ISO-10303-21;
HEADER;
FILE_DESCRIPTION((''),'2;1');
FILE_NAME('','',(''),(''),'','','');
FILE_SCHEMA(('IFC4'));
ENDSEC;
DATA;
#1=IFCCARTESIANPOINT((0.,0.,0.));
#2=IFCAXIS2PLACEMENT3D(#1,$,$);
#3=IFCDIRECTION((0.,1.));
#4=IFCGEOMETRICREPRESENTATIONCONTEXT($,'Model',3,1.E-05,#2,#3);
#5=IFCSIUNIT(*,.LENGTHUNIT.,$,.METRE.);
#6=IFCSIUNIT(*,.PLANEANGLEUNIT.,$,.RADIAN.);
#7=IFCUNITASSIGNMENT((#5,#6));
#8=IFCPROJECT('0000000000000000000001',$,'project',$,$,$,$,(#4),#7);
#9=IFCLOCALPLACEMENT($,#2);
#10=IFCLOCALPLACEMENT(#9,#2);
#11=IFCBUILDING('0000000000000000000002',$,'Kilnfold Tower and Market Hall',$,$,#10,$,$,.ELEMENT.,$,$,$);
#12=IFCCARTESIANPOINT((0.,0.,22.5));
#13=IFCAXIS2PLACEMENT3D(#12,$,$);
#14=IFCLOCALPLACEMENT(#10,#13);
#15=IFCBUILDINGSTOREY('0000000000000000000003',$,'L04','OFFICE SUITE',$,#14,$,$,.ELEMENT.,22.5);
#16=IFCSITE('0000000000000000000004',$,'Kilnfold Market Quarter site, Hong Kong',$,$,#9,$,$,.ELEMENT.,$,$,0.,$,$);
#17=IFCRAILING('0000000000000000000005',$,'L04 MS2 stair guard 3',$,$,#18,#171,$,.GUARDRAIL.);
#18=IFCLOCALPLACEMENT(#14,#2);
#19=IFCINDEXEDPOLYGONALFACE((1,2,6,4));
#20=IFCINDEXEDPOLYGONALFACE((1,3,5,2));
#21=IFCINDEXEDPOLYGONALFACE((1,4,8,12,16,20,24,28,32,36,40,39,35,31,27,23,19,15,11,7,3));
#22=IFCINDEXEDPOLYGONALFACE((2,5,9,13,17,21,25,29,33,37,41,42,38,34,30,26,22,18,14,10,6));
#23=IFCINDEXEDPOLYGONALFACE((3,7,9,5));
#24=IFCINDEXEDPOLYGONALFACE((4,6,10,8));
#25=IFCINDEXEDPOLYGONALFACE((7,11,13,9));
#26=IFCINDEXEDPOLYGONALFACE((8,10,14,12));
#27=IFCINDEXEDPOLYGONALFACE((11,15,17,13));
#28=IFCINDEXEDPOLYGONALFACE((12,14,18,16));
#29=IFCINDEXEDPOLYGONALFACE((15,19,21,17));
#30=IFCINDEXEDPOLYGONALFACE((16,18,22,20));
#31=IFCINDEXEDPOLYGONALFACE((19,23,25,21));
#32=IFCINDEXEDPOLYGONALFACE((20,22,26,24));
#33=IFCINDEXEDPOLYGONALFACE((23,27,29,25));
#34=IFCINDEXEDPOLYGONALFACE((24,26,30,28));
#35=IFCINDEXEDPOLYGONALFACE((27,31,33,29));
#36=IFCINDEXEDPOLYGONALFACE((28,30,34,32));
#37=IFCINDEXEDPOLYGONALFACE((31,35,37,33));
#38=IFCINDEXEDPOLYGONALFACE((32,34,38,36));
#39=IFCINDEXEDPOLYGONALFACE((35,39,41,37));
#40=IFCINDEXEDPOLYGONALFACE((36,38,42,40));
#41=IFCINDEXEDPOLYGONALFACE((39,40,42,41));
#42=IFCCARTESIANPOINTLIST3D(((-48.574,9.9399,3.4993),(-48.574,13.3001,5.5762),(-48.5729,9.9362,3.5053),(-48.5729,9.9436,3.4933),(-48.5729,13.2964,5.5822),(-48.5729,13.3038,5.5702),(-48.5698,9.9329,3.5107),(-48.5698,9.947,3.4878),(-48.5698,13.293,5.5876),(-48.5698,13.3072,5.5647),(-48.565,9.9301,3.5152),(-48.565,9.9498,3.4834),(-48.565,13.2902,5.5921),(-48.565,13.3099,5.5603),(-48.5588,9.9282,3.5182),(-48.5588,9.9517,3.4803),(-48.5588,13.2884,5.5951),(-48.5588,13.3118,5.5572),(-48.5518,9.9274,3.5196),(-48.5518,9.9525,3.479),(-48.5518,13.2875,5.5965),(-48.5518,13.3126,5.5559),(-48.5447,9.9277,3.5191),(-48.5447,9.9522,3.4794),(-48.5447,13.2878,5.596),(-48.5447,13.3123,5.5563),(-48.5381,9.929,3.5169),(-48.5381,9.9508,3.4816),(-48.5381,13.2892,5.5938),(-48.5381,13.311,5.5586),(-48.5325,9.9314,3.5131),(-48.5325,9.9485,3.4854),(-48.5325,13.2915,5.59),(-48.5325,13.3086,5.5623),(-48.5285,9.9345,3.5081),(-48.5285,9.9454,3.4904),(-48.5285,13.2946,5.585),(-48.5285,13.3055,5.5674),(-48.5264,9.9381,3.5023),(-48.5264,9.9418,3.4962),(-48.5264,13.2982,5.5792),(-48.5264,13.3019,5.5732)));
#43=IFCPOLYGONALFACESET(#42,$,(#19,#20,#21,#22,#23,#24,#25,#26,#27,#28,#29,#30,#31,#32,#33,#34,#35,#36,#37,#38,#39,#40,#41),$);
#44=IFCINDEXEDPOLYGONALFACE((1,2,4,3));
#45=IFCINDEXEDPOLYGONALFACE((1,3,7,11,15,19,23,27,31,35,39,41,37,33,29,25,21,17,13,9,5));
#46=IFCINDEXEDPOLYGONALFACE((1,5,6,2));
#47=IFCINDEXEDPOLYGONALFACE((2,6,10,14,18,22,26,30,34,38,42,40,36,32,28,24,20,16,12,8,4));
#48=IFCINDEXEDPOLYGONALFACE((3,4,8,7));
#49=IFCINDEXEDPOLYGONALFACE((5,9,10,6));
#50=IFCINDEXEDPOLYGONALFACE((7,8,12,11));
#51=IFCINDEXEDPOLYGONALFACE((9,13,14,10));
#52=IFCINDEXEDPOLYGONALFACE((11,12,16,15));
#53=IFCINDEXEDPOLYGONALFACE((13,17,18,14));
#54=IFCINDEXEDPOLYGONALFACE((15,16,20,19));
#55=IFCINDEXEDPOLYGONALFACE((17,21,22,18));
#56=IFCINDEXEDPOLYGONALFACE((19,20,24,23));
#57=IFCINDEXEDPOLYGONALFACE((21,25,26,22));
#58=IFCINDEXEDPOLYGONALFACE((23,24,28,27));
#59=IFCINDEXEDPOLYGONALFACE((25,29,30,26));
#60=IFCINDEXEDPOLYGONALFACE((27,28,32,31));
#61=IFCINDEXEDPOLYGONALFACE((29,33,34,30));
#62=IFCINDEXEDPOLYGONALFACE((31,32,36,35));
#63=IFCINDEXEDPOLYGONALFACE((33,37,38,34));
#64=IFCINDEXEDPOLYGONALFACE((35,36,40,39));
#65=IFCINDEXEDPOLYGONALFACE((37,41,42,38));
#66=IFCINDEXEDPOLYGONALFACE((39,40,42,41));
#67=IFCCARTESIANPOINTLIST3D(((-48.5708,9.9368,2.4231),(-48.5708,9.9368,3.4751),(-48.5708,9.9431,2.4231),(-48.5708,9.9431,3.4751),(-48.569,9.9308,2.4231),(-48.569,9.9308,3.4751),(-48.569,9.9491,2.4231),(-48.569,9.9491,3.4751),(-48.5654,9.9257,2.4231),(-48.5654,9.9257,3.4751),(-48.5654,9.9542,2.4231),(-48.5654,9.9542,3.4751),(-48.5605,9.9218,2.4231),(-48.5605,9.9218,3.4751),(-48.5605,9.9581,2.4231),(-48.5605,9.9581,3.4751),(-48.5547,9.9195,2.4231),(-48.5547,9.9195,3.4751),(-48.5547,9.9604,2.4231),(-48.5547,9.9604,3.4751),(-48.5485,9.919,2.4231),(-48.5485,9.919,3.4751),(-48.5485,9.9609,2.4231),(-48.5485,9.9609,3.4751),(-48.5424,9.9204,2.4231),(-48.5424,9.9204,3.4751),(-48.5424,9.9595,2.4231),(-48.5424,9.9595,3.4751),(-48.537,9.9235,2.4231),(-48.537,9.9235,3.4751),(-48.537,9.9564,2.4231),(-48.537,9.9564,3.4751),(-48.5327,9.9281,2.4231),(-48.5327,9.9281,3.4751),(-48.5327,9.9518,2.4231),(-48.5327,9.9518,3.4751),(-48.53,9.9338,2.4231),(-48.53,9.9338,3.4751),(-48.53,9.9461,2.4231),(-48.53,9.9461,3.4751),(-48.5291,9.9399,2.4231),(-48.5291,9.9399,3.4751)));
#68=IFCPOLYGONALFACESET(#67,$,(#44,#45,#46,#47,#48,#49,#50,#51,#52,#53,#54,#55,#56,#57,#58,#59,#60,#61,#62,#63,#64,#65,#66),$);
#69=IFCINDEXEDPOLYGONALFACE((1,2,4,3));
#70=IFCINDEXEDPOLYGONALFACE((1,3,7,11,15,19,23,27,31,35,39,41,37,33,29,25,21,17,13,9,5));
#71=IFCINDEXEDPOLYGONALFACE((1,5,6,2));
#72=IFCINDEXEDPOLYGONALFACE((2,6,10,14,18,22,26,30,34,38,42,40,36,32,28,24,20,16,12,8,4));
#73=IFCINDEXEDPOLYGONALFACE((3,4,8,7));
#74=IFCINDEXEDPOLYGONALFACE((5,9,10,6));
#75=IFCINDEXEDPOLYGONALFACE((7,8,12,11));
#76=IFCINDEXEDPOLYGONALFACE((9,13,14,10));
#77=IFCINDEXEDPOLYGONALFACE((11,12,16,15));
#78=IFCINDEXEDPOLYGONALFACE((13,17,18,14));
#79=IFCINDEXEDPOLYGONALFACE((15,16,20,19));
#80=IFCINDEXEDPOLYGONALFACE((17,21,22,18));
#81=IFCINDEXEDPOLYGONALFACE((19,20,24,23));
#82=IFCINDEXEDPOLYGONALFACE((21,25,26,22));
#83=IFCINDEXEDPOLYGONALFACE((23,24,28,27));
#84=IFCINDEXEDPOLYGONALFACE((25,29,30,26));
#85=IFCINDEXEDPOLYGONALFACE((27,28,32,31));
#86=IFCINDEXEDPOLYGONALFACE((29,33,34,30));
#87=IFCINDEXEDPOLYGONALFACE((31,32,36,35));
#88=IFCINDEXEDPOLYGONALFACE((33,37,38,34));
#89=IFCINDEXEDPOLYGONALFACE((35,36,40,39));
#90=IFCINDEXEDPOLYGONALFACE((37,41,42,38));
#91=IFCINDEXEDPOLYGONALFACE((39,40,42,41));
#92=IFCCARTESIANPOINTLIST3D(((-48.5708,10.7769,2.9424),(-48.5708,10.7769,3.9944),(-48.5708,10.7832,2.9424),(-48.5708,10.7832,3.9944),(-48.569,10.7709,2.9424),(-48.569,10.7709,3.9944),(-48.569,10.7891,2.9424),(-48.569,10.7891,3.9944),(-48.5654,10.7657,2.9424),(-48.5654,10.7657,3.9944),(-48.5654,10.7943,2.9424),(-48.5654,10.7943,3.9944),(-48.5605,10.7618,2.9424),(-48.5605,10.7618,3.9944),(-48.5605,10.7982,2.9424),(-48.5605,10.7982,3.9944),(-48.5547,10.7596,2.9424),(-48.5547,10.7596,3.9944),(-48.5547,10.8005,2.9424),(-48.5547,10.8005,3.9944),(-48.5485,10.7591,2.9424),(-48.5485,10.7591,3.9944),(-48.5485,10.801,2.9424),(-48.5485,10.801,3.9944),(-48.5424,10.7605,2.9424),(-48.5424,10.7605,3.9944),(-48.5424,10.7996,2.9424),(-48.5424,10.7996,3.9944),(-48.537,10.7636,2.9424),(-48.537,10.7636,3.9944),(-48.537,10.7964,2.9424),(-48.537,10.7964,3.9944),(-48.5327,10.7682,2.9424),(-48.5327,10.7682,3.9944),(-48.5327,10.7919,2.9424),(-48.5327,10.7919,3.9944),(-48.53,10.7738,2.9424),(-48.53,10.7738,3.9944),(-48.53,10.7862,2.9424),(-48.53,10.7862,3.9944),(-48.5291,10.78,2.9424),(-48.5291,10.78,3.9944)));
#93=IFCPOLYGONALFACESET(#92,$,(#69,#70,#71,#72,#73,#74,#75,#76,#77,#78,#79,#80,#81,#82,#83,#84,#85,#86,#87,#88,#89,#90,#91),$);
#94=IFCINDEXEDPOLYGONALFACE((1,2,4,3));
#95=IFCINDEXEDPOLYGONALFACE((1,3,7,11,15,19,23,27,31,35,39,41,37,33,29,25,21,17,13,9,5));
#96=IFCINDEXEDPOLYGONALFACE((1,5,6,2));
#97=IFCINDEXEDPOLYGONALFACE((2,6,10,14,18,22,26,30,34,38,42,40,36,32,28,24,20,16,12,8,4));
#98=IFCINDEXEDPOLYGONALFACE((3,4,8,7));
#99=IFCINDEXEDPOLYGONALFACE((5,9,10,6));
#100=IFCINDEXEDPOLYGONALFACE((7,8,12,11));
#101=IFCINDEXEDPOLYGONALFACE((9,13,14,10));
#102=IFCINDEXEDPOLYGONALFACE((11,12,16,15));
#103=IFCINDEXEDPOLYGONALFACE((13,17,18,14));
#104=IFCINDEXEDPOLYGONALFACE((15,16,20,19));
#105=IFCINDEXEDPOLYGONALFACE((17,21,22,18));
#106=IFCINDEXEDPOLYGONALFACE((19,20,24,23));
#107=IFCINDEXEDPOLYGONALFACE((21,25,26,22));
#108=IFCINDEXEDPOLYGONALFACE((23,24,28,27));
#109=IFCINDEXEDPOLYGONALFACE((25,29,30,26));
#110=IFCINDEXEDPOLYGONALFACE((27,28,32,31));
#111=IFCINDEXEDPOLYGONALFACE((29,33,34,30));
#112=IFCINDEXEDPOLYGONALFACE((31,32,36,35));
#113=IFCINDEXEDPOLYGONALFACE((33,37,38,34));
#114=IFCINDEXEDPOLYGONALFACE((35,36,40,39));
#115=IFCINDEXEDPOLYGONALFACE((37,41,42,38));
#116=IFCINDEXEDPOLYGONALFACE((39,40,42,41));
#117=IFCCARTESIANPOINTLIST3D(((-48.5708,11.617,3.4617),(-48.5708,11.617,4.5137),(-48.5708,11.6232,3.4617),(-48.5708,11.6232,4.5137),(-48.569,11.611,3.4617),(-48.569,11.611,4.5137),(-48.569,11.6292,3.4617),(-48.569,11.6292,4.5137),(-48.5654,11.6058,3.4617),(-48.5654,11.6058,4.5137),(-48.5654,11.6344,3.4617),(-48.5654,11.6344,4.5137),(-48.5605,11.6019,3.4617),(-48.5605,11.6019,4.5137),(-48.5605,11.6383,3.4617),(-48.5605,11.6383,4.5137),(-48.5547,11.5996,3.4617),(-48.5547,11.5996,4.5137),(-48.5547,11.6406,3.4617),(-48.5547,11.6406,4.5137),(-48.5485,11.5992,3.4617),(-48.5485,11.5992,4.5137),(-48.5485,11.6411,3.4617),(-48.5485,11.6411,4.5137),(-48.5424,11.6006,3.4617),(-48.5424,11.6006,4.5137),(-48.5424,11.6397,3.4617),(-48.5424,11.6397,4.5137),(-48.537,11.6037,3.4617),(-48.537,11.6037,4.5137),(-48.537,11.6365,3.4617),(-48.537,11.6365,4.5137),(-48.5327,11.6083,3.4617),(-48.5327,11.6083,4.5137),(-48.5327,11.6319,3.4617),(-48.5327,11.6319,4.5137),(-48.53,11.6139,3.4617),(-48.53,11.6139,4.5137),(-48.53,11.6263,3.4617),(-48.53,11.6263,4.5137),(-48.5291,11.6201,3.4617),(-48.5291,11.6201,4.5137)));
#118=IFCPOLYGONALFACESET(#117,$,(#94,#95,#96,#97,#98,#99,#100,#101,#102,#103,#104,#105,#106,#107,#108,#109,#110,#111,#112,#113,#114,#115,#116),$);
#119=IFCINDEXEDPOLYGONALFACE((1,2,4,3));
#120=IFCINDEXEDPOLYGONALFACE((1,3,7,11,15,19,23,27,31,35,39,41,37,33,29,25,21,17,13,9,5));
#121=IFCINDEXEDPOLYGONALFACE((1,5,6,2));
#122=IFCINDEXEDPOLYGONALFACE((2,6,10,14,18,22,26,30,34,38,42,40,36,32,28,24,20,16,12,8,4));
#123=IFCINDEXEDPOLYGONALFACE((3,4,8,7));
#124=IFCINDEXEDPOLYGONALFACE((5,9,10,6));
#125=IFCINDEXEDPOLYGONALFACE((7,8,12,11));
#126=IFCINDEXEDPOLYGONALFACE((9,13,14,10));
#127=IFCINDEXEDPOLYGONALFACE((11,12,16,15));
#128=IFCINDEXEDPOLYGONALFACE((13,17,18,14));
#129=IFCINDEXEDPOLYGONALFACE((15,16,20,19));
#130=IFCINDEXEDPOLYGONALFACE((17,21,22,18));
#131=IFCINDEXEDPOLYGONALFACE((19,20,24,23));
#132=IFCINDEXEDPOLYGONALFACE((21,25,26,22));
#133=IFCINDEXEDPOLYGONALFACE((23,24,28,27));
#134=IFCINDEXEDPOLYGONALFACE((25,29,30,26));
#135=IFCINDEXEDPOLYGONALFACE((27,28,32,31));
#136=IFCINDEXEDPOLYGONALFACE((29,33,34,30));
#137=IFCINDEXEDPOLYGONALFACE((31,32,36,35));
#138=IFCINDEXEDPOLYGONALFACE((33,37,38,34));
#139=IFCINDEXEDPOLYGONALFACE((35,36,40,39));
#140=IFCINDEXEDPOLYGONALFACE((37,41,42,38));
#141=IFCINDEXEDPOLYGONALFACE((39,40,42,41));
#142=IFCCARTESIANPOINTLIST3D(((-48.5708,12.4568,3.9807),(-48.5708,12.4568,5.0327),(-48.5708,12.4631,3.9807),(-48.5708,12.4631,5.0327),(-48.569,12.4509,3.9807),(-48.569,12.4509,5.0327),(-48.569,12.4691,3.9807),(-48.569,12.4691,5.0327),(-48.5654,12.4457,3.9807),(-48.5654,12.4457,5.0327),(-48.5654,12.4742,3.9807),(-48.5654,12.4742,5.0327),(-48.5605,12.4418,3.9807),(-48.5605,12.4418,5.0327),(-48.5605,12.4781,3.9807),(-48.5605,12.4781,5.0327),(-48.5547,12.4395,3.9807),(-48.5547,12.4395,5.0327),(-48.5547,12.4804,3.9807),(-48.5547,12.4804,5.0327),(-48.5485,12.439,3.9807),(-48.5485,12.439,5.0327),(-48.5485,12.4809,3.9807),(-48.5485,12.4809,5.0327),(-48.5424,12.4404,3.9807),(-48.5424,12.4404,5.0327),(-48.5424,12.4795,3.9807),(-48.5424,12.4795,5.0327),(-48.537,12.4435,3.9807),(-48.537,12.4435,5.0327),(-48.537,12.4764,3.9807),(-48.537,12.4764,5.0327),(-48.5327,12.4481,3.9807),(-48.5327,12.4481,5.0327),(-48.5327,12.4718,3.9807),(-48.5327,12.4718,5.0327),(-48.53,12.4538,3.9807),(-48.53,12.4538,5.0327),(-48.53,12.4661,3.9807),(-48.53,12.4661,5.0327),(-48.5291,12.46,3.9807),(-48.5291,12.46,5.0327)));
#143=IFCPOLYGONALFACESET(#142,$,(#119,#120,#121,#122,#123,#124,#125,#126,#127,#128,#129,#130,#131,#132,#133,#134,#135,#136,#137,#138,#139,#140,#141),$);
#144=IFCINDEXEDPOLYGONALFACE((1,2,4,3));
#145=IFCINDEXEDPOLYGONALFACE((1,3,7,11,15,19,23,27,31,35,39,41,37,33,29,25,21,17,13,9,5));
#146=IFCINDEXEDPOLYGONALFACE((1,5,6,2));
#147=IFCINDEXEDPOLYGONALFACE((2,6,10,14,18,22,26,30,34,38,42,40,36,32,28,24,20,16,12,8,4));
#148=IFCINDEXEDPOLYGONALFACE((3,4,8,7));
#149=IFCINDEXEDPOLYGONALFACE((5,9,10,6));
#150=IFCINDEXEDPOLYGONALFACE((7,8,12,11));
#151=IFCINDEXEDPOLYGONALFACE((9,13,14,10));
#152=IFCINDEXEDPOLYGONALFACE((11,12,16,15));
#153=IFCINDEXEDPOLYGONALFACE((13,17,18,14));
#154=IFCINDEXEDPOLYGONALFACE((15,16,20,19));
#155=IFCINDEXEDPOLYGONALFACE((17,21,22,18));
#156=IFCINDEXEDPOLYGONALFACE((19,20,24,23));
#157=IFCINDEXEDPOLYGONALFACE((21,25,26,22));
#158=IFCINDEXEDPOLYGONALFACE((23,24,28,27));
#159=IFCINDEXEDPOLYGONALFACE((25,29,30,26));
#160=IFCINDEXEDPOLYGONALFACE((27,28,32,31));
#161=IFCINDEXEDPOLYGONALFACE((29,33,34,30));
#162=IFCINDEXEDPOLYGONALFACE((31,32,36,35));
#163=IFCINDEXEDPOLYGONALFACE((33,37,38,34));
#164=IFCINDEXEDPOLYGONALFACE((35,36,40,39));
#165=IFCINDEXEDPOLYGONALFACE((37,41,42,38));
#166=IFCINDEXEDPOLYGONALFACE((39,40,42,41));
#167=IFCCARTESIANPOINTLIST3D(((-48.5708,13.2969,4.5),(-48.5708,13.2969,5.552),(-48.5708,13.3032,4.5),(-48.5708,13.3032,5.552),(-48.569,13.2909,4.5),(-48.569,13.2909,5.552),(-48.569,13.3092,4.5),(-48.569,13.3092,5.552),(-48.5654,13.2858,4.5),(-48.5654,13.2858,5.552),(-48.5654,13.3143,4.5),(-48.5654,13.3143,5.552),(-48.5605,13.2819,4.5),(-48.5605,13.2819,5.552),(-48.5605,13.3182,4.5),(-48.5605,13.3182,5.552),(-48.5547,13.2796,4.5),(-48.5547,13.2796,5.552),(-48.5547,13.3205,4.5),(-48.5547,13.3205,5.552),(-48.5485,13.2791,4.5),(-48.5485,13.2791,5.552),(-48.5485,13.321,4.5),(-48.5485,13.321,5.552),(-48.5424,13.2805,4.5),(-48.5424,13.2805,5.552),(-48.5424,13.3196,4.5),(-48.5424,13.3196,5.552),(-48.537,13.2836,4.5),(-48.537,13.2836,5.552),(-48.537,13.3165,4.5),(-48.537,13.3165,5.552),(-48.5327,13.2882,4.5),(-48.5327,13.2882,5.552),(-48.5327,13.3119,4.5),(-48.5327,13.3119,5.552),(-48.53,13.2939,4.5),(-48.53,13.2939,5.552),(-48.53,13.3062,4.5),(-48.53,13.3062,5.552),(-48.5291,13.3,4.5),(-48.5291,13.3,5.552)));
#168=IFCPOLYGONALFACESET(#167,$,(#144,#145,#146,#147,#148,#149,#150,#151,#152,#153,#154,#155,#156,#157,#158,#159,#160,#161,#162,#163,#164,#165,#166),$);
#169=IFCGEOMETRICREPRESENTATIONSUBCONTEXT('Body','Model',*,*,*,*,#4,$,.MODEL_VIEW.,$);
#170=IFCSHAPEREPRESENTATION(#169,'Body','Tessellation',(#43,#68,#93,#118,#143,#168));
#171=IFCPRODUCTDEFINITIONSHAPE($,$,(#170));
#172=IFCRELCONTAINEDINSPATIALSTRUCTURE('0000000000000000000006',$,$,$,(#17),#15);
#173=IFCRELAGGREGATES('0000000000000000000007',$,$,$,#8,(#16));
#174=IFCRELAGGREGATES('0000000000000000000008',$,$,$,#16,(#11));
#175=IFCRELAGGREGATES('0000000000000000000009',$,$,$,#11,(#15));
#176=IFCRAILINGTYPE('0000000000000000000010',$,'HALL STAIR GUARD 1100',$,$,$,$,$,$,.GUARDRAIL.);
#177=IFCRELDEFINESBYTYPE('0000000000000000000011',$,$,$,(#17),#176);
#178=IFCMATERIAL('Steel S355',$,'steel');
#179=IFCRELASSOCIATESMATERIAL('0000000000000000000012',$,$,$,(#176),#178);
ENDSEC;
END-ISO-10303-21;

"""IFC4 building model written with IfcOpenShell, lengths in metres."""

from ifc_helpers import new_model, si_unit, direction, frame, origin, origin_2d, place, context, subcontext, project, spatial, circle, extrude, material, type_object, element, save


model = new_model("IFC4")

# Units and contexts
model_context = context("Model", 3, precision=1e-05, world=origin(), true_north=direction((0.0, 1.0)))
body_context = subcontext(model_context, "Body", "Model", "MODEL_VIEW")
ifc_project = project(units=[si_unit("LENGTHUNIT", "METRE"), si_unit("PLANEANGLEUNIT", "RADIAN")], contexts=[model_context])

# Site, building, storey
site_placement = place(None, origin())
site = spatial("IfcSite", under=ifc_project, at=site_placement, Name="Kilnfold Market Quarter site, Hong Kong", CompositionType="ELEMENT", RefElevation=0.0)
building_placement = place(site_placement, origin())
building = spatial("IfcBuilding", under=site, at=building_placement, Name="Kilnfold Tower and Market Hall", CompositionType="ELEMENT")
storey_placement = place(building_placement, frame((0.0, 0.0, 22.5)))
storey = spatial("IfcBuildingStorey", under=building, at=storey_placement, Name="L04", Description="OFFICE SUITE", CompositionType="ELEMENT", Elevation=22.5)

# Railing
ifc_material_1 = material(Name="Steel S355", Category="steel")
railing_type_1 = type_object("IfcRailingType", Name="HALL STAIR GUARD 1100", PredefinedType="GUARDRAIL", material=ifc_material_1)
railing_1_placement = place(storey_placement, frame((-48.55, 9.9399, 2.4231)))
element("IfcRailing", 1, at=railing_1_placement, inside=storey, type_object=railing_type_1, Name="L04 MS2 stair guard 3", PredefinedType="GUARDRAIL", context=body_context, shape_type="SweptSolid", body=[
    extrude(circle(Radius=0.0239, at=origin_2d()), frame((0.0, 0.0, 1.0762), z_axis=(0.0, 0.850623, 0.525776), x_axis=(-1.0, 0.0, 0.0)), (0.0, 0.0, 1.0), 3.9502),
    extrude(circle(Radius=0.021, at=origin_2d()), origin(), (0.0, 0.0, 1.0), 1.052),
    extrude(circle(Radius=0.021, at=origin_2d()), frame((0.0, 0.8401, 0.5193)), (0.0, 0.0, 1.0), 1.052),
    extrude(circle(Radius=0.021, at=origin_2d()), frame((0.0, 1.6802, 1.0386)), (0.0, 0.0, 1.0), 1.052),
    extrude(circle(Radius=0.021, at=origin_2d()), frame((0.0, 2.52, 1.5576)), (0.0, 0.0, 1.0), 1.052),
    extrude(circle(Radius=0.021, at=origin_2d()), frame((0.0, 3.3601, 2.0769)), (0.0, 0.0, 1.0), 1.052),
])

save(model, "model.ifc")
